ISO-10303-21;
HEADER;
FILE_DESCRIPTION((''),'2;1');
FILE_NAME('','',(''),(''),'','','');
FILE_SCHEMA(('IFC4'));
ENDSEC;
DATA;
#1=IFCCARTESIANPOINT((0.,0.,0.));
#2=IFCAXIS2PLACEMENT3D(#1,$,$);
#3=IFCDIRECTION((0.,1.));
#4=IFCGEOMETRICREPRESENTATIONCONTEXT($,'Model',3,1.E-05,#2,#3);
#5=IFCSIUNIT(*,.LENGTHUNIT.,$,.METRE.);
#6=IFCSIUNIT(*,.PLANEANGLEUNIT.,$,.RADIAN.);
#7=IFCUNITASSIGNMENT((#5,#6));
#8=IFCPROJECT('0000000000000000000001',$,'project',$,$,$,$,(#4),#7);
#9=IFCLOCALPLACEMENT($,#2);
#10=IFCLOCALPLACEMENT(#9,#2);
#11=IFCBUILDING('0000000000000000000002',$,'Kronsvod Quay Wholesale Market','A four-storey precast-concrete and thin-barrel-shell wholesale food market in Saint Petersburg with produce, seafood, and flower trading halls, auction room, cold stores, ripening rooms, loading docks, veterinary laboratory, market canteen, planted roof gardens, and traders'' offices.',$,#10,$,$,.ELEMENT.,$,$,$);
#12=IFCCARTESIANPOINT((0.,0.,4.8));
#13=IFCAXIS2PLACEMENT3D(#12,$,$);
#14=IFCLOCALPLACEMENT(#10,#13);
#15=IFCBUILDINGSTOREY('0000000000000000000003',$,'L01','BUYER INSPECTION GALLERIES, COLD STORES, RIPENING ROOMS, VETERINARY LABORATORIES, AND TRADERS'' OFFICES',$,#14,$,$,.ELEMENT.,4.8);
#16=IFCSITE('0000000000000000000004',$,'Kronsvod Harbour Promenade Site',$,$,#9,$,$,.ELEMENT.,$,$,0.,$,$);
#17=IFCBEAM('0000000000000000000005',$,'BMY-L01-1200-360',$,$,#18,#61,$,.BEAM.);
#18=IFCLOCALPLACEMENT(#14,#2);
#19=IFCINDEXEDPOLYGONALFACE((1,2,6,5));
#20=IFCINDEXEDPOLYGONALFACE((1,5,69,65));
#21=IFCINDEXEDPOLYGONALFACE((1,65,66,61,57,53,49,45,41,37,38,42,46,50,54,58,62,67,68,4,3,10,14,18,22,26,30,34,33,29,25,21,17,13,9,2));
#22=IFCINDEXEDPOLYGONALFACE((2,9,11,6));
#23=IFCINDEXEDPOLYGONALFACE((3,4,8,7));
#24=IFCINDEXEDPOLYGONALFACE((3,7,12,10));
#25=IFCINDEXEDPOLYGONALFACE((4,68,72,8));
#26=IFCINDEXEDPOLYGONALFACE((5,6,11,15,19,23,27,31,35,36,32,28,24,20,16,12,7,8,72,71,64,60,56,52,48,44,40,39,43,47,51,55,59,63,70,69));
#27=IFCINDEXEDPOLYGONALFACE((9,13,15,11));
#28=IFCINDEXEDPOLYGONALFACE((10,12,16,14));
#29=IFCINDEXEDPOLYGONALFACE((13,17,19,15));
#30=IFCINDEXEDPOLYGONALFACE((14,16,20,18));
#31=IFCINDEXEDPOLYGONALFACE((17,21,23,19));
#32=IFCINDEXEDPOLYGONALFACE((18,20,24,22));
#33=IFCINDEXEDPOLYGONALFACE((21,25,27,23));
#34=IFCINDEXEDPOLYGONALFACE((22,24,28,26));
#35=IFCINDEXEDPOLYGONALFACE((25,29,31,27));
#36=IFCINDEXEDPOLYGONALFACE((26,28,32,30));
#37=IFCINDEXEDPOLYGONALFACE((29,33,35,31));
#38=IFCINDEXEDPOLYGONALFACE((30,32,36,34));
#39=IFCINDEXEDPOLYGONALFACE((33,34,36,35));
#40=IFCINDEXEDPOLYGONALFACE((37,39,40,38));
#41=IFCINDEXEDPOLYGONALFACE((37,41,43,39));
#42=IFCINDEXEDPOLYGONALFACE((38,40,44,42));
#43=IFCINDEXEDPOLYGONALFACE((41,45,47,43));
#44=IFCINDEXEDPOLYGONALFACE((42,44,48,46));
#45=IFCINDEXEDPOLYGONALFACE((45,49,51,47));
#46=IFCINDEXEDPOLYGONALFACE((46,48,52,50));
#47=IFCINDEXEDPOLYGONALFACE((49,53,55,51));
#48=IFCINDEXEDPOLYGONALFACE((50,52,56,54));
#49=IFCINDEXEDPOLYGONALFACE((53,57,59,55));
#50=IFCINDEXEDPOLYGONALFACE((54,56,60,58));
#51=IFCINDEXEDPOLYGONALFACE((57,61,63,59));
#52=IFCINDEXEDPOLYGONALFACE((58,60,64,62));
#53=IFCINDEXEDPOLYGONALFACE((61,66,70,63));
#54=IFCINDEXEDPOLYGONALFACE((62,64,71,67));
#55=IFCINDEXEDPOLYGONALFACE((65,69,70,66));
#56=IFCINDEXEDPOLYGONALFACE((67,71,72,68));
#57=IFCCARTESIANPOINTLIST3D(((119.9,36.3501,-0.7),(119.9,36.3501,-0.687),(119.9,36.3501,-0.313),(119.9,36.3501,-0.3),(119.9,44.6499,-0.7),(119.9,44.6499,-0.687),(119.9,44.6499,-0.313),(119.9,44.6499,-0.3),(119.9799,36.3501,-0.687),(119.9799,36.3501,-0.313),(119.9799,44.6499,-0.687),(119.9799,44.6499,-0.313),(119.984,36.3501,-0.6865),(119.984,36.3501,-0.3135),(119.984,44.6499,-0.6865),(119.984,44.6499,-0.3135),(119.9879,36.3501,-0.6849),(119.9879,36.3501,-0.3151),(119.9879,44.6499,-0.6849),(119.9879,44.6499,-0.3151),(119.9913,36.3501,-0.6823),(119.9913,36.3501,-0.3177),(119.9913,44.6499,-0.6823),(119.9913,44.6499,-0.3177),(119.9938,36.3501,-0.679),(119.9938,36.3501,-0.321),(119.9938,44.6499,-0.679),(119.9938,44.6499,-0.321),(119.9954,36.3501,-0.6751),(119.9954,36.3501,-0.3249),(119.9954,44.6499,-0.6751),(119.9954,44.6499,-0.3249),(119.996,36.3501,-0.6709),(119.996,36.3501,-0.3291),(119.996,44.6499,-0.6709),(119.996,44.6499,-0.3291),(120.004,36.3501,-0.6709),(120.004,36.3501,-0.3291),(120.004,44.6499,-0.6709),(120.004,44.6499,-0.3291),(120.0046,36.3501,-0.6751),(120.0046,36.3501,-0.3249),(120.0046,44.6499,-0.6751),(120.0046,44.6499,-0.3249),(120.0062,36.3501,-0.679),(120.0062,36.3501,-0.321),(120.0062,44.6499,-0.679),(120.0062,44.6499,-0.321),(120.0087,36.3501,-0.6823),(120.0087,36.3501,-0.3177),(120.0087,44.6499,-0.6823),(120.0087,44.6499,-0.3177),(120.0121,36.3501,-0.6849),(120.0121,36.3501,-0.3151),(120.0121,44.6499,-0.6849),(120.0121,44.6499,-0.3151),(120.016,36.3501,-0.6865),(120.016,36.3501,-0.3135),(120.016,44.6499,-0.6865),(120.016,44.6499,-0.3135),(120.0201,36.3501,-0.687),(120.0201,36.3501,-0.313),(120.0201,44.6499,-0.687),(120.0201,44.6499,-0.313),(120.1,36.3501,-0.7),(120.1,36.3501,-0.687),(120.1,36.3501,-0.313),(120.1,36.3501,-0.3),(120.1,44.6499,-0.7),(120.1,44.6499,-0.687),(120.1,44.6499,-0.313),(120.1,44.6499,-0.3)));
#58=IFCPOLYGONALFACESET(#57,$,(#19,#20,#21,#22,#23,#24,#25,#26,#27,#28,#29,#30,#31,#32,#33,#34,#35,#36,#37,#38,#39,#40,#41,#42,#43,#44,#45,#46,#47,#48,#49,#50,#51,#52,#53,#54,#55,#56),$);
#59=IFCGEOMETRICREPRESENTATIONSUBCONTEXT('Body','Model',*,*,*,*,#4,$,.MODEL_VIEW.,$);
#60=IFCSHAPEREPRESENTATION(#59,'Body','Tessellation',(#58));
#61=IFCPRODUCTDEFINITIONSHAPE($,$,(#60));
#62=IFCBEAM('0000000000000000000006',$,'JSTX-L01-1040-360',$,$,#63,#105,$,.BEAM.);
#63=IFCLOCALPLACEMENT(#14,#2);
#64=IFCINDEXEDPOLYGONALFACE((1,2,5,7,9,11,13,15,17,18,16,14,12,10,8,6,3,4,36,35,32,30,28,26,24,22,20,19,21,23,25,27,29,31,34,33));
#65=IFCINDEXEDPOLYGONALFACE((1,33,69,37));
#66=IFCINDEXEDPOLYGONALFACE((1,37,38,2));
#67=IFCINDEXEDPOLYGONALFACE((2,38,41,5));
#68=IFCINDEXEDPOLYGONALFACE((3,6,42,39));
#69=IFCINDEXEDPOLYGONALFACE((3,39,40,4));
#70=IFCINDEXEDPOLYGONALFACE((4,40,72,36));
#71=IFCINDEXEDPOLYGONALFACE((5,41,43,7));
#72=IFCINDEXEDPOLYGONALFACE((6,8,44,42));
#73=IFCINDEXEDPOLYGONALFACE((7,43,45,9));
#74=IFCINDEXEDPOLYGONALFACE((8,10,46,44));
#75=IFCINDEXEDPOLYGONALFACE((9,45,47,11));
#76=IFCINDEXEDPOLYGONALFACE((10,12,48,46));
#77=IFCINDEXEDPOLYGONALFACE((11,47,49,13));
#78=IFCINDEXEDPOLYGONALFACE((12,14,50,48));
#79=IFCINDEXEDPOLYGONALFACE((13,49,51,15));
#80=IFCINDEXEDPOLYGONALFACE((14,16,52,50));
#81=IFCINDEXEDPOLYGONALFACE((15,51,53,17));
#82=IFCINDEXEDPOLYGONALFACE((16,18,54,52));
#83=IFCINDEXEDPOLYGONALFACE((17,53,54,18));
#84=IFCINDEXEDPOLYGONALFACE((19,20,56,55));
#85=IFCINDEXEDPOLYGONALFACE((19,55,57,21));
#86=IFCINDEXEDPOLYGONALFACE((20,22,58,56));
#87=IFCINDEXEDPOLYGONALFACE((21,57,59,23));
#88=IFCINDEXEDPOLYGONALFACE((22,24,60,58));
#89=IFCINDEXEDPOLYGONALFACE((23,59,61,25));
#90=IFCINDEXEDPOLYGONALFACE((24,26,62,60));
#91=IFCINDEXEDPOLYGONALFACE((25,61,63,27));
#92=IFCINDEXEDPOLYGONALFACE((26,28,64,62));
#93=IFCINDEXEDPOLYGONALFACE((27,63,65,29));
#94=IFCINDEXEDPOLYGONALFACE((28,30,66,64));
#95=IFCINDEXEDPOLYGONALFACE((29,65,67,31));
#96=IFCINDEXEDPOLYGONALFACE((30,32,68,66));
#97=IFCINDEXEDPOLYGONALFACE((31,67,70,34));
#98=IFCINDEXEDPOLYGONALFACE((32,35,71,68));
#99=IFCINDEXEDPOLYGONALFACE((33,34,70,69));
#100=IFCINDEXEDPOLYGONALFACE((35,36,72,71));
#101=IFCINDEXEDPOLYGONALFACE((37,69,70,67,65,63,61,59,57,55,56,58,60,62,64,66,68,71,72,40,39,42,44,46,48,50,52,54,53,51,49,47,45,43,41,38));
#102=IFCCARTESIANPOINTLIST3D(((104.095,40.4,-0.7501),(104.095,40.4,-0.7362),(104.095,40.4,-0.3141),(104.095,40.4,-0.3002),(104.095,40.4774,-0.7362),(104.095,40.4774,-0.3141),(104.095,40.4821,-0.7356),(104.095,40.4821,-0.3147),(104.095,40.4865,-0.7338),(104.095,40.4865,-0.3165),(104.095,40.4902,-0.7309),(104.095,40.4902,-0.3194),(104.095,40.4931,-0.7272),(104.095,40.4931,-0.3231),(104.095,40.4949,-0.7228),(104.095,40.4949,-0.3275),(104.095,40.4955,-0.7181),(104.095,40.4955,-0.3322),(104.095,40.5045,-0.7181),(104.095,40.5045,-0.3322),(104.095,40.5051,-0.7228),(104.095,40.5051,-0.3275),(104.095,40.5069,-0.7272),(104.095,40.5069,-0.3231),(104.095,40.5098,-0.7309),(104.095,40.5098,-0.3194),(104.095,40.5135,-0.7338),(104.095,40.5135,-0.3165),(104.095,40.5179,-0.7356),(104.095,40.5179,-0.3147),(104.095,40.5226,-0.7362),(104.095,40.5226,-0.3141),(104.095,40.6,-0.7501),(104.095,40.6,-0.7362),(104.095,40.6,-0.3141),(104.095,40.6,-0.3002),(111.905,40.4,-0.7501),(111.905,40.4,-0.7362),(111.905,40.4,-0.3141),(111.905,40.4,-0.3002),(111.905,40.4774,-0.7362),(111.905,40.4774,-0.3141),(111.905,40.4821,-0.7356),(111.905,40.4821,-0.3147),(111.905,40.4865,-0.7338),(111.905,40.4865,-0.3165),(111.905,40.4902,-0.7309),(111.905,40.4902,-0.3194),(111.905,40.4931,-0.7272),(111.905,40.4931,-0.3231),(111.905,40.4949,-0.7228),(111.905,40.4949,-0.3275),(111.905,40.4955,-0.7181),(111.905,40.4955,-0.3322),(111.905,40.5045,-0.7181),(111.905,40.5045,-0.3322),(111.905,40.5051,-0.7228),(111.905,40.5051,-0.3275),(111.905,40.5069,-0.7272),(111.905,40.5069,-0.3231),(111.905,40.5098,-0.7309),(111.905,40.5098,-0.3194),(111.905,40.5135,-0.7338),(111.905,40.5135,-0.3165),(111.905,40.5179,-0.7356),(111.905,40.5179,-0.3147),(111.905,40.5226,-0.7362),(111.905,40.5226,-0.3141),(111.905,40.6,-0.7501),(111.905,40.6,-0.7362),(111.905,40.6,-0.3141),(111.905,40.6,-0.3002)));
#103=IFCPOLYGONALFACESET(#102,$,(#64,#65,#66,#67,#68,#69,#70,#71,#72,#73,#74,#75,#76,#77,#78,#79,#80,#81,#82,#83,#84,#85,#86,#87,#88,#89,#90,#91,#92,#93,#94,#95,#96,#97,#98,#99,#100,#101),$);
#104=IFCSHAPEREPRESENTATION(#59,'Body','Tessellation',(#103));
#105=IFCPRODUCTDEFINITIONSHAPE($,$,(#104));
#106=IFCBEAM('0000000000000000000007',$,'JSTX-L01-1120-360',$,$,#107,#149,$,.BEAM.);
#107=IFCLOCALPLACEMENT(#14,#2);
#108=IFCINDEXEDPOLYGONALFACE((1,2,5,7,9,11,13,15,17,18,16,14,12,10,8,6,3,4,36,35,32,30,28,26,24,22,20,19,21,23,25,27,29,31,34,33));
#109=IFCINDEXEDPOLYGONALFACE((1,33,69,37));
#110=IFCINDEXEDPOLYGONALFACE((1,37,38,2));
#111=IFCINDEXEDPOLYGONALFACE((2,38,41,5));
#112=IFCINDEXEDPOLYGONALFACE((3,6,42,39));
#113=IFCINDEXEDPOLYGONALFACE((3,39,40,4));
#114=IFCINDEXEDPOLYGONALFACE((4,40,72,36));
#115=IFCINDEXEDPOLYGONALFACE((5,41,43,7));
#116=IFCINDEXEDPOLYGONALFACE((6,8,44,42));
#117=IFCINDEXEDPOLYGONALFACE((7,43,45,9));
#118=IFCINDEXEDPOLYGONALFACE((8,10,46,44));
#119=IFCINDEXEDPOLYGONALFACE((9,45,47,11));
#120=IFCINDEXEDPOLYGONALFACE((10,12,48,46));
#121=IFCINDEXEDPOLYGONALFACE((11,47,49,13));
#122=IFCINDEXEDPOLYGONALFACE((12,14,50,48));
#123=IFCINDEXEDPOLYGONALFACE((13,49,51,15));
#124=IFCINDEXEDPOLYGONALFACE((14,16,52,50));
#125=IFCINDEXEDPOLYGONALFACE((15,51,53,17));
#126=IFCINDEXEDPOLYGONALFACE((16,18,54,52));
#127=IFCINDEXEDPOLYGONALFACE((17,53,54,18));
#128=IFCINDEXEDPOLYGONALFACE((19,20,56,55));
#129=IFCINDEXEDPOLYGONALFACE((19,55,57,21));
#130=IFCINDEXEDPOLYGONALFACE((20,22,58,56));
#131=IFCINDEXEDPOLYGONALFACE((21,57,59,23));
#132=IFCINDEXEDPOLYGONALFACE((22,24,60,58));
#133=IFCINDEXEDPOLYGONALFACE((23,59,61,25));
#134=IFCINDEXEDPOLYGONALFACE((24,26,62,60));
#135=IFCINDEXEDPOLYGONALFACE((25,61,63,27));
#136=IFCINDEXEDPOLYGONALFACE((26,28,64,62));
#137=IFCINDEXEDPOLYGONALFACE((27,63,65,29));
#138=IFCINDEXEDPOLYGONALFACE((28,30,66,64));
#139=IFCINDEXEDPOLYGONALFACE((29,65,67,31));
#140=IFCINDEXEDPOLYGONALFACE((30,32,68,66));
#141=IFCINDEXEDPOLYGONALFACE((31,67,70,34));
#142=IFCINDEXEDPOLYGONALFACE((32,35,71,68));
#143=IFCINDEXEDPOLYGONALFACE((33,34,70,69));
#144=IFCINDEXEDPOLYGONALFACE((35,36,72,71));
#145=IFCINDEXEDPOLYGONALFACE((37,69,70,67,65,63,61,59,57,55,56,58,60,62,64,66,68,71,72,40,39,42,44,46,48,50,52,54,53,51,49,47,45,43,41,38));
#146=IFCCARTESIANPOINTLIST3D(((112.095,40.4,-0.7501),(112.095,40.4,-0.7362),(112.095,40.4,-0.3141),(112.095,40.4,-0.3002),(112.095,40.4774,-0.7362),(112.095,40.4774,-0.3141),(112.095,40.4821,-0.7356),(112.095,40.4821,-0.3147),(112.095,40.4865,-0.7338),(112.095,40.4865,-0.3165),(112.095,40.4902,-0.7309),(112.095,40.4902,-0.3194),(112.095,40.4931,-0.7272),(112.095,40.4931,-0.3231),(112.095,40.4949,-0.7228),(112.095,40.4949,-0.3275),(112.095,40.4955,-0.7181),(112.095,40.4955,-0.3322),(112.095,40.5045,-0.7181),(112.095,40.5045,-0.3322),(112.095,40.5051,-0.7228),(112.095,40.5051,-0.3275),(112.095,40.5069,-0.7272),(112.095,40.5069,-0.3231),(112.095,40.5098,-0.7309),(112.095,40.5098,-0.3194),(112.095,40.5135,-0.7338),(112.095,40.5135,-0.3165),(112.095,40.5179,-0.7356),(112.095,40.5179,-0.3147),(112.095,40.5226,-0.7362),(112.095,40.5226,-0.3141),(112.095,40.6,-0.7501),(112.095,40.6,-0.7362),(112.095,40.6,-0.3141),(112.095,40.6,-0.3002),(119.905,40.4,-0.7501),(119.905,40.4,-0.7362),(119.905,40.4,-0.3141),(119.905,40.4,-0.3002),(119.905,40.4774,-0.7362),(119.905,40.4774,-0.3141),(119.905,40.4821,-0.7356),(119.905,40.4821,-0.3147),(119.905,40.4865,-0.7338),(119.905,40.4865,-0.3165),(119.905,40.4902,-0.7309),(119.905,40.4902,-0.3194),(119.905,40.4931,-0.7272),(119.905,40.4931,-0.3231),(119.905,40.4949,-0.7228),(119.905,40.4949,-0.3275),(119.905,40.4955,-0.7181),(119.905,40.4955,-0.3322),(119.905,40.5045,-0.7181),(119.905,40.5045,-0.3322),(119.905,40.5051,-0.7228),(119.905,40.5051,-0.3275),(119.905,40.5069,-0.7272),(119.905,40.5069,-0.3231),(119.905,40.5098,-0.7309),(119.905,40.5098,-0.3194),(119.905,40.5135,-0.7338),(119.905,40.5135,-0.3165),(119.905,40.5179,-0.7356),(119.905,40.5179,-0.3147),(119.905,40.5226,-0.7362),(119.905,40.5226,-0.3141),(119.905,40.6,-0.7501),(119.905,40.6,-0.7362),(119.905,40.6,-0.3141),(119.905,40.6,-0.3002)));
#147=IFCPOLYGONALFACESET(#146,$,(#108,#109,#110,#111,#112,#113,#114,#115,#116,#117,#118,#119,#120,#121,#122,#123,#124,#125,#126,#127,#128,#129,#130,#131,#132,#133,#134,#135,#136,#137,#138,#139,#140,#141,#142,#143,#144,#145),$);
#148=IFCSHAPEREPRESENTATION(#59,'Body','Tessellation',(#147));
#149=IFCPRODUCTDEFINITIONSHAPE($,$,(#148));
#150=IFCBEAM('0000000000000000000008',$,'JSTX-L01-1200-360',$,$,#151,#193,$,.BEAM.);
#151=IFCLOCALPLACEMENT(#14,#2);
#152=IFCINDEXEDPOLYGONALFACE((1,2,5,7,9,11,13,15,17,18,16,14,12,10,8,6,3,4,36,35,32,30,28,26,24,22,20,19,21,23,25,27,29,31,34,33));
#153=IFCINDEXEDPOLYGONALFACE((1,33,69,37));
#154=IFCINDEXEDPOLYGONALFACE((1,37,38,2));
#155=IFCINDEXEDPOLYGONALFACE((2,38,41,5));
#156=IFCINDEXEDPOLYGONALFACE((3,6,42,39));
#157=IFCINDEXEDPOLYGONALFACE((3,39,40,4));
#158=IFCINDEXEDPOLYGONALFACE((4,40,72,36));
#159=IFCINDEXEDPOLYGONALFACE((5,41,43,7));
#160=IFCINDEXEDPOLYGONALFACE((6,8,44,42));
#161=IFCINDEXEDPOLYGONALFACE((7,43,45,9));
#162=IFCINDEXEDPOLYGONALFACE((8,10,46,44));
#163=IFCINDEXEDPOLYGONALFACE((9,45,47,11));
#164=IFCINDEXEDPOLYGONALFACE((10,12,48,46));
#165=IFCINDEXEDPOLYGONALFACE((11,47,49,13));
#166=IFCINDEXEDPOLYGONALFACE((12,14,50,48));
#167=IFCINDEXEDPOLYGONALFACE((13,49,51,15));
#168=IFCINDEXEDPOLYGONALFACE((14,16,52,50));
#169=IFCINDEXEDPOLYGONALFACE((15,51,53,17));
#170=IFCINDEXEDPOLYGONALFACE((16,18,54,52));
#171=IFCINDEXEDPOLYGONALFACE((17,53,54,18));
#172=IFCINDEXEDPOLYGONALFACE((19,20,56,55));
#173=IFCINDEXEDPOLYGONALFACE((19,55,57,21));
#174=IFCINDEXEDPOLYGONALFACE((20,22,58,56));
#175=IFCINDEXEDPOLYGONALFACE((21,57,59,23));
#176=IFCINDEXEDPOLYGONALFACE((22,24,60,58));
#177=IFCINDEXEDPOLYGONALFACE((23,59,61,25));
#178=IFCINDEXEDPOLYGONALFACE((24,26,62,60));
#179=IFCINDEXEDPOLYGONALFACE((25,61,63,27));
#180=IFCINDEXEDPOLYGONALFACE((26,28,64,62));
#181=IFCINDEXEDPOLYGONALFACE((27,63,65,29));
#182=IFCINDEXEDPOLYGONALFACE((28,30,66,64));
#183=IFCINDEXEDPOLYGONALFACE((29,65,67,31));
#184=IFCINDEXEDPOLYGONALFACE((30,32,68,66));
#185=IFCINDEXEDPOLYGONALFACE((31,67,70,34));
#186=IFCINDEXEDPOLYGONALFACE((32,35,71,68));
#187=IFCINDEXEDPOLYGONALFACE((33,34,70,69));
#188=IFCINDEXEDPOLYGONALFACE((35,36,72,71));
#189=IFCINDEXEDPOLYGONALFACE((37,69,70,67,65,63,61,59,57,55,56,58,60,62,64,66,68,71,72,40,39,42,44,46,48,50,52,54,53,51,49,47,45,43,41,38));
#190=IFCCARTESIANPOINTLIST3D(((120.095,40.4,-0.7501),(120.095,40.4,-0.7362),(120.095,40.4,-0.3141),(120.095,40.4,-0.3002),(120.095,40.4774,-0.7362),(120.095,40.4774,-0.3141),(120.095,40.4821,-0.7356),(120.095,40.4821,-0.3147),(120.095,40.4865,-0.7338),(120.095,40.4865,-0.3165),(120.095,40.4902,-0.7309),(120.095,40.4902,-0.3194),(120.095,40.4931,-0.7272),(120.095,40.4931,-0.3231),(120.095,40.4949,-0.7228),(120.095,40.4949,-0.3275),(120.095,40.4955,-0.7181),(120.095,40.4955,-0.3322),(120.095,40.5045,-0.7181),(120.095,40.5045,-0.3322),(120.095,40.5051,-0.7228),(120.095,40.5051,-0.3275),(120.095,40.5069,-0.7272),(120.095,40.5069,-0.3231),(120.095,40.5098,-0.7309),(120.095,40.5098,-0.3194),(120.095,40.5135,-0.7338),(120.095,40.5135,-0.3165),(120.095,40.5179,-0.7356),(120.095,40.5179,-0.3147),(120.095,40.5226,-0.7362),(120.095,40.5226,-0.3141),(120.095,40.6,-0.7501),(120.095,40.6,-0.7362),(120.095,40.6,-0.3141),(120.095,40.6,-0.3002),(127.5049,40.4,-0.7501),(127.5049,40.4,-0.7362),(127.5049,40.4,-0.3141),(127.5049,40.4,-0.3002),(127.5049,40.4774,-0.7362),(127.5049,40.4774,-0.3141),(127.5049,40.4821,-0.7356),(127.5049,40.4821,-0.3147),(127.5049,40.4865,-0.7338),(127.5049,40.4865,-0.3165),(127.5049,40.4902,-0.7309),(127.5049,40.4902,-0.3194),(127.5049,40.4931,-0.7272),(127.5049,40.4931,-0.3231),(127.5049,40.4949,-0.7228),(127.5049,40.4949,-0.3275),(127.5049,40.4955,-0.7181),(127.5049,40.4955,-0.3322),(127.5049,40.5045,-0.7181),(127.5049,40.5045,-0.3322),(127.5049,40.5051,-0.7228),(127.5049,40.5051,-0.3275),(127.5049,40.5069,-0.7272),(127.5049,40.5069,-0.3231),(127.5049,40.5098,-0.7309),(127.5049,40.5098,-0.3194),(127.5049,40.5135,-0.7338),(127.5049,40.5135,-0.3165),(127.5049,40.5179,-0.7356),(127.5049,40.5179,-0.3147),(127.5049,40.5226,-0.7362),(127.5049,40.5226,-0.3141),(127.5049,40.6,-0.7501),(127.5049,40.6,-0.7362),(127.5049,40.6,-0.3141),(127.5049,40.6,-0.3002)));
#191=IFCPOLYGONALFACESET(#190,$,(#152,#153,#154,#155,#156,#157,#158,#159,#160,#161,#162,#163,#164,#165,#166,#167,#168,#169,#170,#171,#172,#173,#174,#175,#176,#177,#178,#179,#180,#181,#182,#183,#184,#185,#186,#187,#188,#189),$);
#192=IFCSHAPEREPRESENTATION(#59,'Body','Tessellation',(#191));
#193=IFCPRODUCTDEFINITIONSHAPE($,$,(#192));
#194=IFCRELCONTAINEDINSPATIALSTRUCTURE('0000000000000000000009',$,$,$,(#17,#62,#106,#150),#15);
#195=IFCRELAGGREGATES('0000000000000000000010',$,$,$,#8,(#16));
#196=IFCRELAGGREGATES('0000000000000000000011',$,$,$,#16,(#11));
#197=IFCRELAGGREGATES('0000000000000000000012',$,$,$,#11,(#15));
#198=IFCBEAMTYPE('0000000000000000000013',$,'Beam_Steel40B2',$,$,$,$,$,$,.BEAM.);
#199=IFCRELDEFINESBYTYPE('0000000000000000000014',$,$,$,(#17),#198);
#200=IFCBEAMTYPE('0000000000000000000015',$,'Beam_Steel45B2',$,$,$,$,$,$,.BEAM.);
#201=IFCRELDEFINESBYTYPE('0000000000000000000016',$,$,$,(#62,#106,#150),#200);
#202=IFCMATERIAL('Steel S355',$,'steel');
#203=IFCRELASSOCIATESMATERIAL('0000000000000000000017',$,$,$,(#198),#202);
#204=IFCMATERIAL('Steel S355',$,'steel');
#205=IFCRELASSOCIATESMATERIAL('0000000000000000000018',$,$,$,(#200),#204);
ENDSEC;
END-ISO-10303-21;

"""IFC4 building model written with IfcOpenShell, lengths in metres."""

from ifc_helpers import new_model, si_unit, direction, frame, origin, origin_2d, place, context, subcontext, project, spatial, i_section, extrude, material, material_profile, profile_set, type_object, element, save


model = new_model("IFC4")

# Units and contexts
model_context = context("Model", 3, precision=1e-05, world=origin(), true_north=direction((0.0, 1.0)))
body_context = subcontext(model_context, "Body", "Model", "MODEL_VIEW")
ifc_project = project(units=[si_unit("LENGTHUNIT", "METRE"), si_unit("PLANEANGLEUNIT", "RADIAN")], contexts=[model_context])

# Site, building, storey
site_placement = place(None, origin())
site = spatial("IfcSite", under=ifc_project, at=site_placement, Name="Kronsvod Harbour Promenade Site", CompositionType="ELEMENT", RefElevation=0.0)
building_placement = place(site_placement, origin())
building = spatial("IfcBuilding", under=site, at=building_placement, Name="Kronsvod Quay Wholesale Market", Description="A four-storey precast-concrete and thin-barrel-shell wholesale food market in Saint Petersburg with produce, seafood, and flower trading halls, auction room, cold stores, ripening rooms, loading docks, veterinary laboratory, market canteen, planted roof gardens, and traders' offices.", CompositionType="ELEMENT")
storey_placement = place(building_placement, frame((0.0, 0.0, 4.8)))
storey = spatial("IfcBuildingStorey", under=building, at=storey_placement, Name="L01", Description="BUYER INSPECTION GALLERIES, COLD STORES, RIPENING ROOMS, VETERINARY LABORATORIES, AND TRADERS' OFFICES", CompositionType="ELEMENT", Elevation=4.8)

# Beams
ifc_material_1 = material(Name="Steel S355", Category="steel")
ifc_material_profile_1 = material_profile(ifc_material_1, i_section(OverallWidth=0.2, OverallDepth=0.3999, WebThickness=0.0081, FlangeThickness=0.0129, FilletRadius=0.0161, at=origin_2d()), Name="40B2")
ifc_profile_set_1 = profile_set([ifc_material_profile_1], Name="Steel S355")
beam_type_1 = type_object("IfcBeamType", Name="Beam_Steel40B2", PredefinedType="BEAM", material=ifc_profile_set_1)
for number, where, z_axis, x_axis, name in (
    (1, (120.0, 36.3501, -0.5), (0.0, 1.0, 0.0), (-1.0, 0.0, 0.0), "BMY-L01-1200-360"),
):
    element("IfcBeam", number, at=place(storey_placement, frame(where, z_axis=z_axis, x_axis=x_axis)), inside=storey, type_object=beam_type_1, Name=name, PredefinedType="BEAM", context=body_context, shape_type="SweptSolid", body=[
        extrude(i_section(OverallWidth=0.2, OverallDepth=0.3999, WebThickness=0.0081, FlangeThickness=0.0129, FilletRadius=0.0161, at=origin_2d()), origin(), (0.0, 0.0, 1.0), 8.2998),
    ])
ifc_material_2 = material(Name="Steel S355", Category="steel")
ifc_material_profile_2 = material_profile(ifc_material_2, i_section(OverallWidth=0.2, OverallDepth=0.45, WebThickness=0.009, FlangeThickness=0.0139, FilletRadius=0.0181, at=origin_2d()), Name="45B2")
ifc_profile_set_2 = profile_set([ifc_material_profile_2], Name="Steel S355")
beam_type_2 = type_object("IfcBeamType", Name="Beam_Steel45B2", PredefinedType="BEAM", material=ifc_profile_set_2)
for number, where, z_axis, x_axis, name in (
    (2, (104.095, 40.5, -0.5251), (1.0, 0.0, 0.0), (0.0, 1.0, 0.0), "JSTX-L01-1040-360"),
    (3, (112.095, 40.5, -0.5251), (1.0, 0.0, 0.0), (0.0, 1.0, 0.0), "JSTX-L01-1120-360"),
):
    element("IfcBeam", number, at=place(storey_placement, frame(where, z_axis=z_axis, x_axis=x_axis)), inside=storey, type_object=beam_type_2, Name=name, PredefinedType="BEAM", context=body_context, shape_type="SweptSolid", body=[
        extrude(i_section(OverallWidth=0.2, OverallDepth=0.45, WebThickness=0.009, FlangeThickness=0.0139, FilletRadius=0.0181, at=origin_2d()), origin(), (0.0, 0.0, 1.0), 7.8101),
    ])
beam_1_placement = place(storey_placement, frame((120.095, 40.5, -0.5251), z_axis=(1.0, 0.0, 0.0), x_axis=(0.0, 1.0, 0.0)))
element("IfcBeam", 4, at=beam_1_placement, inside=storey, type_object=beam_type_2, Name="JSTX-L01-1200-360", PredefinedType="BEAM", context=body_context, shape_type="SweptSolid", body=[
    extrude(i_section(OverallWidth=0.2, OverallDepth=0.45, WebThickness=0.009, FlangeThickness=0.0139, FilletRadius=0.0181, at=origin_2d()), origin(), (0.0, 0.0, 1.0), 7.4099),
])

save(model, "model.ifc")
